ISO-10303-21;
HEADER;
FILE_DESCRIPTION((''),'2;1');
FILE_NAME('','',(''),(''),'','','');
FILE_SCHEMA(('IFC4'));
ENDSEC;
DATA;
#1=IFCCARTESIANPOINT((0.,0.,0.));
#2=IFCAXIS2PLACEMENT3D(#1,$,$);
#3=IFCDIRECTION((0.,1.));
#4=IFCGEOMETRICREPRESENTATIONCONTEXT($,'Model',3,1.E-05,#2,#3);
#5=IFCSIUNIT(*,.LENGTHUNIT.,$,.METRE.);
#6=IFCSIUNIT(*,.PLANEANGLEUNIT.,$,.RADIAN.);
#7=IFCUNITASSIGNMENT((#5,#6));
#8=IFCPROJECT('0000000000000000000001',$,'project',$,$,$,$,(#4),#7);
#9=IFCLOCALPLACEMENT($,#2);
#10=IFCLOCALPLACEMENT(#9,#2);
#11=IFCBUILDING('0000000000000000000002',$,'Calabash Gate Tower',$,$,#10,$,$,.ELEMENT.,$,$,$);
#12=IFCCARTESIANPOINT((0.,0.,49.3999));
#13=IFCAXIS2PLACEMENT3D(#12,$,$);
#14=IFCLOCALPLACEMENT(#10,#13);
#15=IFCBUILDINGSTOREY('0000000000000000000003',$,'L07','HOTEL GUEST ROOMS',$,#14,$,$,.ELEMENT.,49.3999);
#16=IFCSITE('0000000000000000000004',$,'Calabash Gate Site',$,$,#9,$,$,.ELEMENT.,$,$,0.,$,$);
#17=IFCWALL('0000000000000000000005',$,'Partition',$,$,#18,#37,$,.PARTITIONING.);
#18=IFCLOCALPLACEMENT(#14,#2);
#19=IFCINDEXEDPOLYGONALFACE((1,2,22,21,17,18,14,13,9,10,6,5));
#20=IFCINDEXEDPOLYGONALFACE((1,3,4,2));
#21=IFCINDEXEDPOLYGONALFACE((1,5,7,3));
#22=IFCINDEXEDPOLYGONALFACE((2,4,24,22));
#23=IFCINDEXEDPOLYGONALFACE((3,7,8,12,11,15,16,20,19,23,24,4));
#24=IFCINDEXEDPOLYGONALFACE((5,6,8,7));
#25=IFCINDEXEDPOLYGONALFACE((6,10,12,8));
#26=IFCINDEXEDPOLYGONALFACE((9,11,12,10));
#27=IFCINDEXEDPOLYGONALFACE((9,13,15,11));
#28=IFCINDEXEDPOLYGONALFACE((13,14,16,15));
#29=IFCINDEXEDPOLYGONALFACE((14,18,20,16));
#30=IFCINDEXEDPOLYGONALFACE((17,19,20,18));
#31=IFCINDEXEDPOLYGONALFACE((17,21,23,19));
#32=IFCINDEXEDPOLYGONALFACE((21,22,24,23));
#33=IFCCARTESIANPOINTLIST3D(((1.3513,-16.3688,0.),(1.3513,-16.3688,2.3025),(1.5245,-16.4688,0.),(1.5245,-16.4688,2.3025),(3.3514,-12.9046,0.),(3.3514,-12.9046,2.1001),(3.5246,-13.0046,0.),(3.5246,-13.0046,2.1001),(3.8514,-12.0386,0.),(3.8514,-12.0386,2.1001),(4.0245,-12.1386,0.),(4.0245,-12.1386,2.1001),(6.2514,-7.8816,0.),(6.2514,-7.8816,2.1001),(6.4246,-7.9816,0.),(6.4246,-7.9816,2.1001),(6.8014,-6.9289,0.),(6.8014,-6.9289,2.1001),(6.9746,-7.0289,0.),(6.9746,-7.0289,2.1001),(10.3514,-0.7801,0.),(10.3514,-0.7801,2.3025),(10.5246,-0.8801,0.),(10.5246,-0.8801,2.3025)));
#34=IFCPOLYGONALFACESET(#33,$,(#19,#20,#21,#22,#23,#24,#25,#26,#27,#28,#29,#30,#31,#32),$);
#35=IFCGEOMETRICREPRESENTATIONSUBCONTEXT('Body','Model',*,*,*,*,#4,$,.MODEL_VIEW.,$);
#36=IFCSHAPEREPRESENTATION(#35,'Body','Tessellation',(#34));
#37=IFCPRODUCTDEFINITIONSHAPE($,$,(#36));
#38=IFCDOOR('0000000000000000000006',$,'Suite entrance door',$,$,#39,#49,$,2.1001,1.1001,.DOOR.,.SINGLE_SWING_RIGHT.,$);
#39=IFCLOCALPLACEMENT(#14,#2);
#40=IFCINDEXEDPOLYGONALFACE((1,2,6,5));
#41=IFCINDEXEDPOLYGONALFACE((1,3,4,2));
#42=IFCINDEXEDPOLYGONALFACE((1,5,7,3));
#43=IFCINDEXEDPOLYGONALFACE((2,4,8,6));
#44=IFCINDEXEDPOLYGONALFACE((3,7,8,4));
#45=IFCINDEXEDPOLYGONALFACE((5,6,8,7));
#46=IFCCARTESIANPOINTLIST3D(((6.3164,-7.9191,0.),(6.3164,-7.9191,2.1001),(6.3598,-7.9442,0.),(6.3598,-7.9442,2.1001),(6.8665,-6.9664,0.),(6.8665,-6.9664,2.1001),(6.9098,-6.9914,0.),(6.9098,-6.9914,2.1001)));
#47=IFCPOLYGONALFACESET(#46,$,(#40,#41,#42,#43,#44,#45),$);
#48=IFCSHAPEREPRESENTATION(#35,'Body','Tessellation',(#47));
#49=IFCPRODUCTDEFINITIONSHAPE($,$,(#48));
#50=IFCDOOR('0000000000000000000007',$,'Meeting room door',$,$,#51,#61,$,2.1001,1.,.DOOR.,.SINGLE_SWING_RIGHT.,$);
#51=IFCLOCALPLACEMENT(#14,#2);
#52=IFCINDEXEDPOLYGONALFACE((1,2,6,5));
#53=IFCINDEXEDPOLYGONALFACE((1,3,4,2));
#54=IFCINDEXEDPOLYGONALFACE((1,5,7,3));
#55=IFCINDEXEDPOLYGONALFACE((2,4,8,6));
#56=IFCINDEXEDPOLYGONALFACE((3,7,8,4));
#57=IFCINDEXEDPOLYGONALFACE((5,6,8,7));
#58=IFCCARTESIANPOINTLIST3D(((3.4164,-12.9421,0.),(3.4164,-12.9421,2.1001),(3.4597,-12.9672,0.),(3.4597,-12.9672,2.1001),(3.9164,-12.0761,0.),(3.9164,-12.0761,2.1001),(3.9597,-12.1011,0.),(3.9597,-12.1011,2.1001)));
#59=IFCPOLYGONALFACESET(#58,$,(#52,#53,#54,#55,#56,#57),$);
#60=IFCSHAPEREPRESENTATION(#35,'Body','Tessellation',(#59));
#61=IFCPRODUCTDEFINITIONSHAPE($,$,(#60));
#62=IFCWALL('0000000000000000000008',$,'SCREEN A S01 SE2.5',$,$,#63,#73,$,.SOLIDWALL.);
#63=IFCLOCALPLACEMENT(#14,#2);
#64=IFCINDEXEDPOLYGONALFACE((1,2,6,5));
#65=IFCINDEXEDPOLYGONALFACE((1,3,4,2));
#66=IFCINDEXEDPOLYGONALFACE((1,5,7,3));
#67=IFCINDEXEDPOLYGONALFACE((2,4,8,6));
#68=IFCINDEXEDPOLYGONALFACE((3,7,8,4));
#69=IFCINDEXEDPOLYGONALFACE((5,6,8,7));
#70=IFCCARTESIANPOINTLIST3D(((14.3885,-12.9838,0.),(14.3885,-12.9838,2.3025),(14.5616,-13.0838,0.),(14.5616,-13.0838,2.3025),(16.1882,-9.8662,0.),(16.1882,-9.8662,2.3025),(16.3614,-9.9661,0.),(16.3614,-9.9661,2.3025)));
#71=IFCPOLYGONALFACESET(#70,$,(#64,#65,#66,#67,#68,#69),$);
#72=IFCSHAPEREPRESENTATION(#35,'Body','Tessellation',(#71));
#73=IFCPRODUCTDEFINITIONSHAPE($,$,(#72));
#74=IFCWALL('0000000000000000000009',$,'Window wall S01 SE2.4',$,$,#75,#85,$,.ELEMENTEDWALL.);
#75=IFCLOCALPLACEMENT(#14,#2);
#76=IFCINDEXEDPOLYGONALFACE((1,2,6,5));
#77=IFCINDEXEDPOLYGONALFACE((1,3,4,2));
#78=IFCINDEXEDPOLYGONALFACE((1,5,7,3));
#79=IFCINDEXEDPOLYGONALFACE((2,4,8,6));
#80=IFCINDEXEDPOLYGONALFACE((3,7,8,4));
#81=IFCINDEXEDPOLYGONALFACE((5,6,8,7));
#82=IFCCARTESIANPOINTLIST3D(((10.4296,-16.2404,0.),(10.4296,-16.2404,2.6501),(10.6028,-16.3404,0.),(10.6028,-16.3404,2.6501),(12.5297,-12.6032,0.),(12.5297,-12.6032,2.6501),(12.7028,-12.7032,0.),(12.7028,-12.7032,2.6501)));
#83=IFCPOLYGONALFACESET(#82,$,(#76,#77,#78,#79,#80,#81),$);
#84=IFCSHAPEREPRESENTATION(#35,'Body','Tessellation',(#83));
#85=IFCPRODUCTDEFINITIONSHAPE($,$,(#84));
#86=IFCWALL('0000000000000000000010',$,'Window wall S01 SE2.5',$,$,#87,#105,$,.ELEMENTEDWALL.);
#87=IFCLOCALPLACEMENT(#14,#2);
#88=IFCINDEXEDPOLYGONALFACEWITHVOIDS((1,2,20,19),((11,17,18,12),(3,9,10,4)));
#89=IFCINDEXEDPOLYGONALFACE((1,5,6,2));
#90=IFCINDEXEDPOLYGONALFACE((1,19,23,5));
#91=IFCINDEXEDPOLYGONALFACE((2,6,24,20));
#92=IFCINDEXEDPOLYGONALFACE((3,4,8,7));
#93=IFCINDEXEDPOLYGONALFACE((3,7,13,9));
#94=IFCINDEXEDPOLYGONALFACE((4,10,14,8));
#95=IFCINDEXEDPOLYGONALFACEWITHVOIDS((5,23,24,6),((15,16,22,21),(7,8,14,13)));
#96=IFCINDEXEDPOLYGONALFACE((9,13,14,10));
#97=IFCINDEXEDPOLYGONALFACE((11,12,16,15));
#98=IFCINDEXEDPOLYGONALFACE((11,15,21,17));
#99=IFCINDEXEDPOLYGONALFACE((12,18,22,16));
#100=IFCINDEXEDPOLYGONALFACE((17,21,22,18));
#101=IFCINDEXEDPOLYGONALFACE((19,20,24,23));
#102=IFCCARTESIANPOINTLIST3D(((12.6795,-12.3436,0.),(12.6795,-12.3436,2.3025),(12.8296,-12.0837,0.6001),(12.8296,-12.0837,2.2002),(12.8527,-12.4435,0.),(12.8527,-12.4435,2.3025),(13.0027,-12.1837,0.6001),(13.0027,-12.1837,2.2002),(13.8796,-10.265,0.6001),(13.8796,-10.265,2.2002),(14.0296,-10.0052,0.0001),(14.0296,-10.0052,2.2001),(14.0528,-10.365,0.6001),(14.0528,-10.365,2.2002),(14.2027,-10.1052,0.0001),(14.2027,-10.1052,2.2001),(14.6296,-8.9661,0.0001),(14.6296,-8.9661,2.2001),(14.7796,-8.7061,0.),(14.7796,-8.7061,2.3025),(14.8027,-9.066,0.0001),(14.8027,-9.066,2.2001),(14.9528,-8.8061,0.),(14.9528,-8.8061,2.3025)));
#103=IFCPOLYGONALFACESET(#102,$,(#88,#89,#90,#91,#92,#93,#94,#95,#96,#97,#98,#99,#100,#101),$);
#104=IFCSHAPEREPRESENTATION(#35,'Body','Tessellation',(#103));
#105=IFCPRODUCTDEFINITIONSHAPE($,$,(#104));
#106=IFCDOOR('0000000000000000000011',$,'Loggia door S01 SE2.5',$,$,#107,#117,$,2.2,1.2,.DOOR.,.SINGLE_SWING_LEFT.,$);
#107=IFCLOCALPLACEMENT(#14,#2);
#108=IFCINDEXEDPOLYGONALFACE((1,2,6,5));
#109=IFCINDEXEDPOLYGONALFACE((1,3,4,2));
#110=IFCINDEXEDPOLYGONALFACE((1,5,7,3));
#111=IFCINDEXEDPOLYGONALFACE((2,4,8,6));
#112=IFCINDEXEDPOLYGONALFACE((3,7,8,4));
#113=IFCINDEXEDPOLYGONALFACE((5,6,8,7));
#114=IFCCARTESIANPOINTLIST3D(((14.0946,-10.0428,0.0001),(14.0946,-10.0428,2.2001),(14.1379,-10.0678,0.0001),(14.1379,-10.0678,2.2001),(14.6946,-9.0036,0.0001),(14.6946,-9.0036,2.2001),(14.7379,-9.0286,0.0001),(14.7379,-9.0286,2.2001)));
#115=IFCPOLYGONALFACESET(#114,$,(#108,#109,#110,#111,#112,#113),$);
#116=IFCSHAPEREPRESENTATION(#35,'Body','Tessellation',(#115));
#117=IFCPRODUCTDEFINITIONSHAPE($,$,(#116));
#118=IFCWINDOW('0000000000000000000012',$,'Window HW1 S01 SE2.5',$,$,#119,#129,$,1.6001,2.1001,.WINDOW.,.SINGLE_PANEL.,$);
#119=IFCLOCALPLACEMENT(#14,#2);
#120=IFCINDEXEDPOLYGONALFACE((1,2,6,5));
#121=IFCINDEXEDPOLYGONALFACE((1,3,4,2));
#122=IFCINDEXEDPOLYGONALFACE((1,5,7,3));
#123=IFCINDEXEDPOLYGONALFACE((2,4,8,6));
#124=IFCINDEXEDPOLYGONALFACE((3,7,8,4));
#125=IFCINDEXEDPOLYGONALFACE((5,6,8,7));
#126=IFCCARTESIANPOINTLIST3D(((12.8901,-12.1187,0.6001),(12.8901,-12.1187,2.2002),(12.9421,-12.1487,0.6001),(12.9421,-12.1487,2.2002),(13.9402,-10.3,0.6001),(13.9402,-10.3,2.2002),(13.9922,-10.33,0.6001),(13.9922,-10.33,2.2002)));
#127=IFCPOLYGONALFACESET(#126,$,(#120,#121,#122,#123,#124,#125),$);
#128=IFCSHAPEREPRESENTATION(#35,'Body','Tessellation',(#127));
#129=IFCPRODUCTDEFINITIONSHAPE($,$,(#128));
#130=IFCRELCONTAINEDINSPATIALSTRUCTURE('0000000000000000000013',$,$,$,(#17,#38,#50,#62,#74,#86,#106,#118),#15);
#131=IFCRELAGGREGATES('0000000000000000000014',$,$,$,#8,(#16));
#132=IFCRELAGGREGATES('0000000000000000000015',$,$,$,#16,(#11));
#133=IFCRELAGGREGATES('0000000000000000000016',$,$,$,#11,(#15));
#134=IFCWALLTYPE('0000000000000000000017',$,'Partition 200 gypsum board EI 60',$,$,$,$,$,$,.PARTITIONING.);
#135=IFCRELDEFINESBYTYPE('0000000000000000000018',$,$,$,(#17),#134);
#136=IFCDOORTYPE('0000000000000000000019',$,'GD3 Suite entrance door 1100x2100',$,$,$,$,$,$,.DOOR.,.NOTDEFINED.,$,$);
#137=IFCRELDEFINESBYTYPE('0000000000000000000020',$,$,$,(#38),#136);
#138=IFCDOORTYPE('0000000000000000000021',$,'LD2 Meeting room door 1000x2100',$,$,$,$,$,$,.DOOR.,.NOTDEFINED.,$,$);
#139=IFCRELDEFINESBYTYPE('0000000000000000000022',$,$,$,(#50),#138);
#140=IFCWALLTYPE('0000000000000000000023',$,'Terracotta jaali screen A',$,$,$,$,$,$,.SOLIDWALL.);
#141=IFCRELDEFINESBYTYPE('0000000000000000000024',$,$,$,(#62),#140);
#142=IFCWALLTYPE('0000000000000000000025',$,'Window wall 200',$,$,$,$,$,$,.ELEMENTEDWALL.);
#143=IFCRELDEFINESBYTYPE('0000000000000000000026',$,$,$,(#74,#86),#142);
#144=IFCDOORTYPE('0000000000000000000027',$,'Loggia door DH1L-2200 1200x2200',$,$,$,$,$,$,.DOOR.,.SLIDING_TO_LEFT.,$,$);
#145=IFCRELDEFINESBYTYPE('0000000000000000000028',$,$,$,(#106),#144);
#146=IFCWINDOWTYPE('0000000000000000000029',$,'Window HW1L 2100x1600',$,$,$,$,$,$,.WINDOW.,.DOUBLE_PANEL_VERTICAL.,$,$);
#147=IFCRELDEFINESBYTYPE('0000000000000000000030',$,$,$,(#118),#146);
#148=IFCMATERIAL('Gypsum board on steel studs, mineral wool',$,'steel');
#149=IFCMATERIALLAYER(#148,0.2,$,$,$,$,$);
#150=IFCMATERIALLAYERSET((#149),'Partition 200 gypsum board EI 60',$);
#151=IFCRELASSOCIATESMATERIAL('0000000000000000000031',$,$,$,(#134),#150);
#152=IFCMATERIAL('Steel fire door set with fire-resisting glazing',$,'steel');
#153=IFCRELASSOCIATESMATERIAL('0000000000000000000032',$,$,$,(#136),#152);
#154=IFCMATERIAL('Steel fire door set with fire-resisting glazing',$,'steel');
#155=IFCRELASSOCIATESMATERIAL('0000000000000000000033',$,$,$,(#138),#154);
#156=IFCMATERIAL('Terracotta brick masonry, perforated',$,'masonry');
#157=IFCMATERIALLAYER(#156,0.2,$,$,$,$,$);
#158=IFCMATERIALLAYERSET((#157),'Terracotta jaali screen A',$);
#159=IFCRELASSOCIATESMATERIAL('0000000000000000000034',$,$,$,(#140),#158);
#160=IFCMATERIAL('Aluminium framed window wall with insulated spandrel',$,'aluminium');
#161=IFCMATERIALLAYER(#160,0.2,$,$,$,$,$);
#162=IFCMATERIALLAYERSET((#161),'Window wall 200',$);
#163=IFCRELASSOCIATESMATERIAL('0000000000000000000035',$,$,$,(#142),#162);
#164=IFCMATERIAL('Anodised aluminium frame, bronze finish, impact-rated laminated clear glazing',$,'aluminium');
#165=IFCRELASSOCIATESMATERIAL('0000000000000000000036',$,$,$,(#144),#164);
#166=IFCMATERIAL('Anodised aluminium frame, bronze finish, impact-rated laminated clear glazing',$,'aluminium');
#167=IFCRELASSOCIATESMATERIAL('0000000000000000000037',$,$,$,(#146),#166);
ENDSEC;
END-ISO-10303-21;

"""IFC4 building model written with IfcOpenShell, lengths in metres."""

from ifc_helpers import new_model, si_unit, direction, frame, frame_2d, origin, place, context, subcontext, project, spatial, rectangle, extrude, material, layer, layer_set, type_object, element, fill, save


model = new_model("IFC4")

# Units and contexts
model_context = context("Model", 3, precision=1e-05, world=origin(), true_north=direction((0.0, 1.0)))
body_context = subcontext(model_context, "Body", "Model", "MODEL_VIEW")
ifc_project = project(units=[si_unit("LENGTHUNIT", "METRE"), si_unit("PLANEANGLEUNIT", "RADIAN")], contexts=[model_context])

# Site, building, storey
site_placement = place(None, origin())
site = spatial("IfcSite", under=ifc_project, at=site_placement, Name="Calabash Gate Site", CompositionType="ELEMENT", RefElevation=0.0)
building_placement = place(site_placement, origin())
building = spatial("IfcBuilding", under=site, at=building_placement, Name="Calabash Gate Tower", CompositionType="ELEMENT")
storey_placement = place(building_placement, frame((0.0, 0.0, 49.3999)))
storey = spatial("IfcBuildingStorey", under=building, at=storey_placement, Name="L07", Description="HOTEL GUEST ROOMS", CompositionType="ELEMENT", Elevation=49.3999)

# Shared definitions
ifc_material_1 = material(Name="Gypsum board on steel studs, mineral wool", Category="steel")
ifc_layer_1 = layer(ifc_material_1, 0.2)
ifc_layer_set_1 = layer_set([ifc_layer_1], Name="Partition 200 gypsum board EI 60")
wall_type_1 = type_object("IfcWallType", Name="Partition 200 gypsum board EI 60", PredefinedType="PARTITIONING", material=ifc_layer_set_1)
ifc_material_2 = material(Name="Steel fire door set with fire-resisting glazing", Category="steel")
door_type_1 = type_object("IfcDoorType", Name="GD3 Suite entrance door 1100x2100", OperationType="NOTDEFINED", PredefinedType="DOOR", material=ifc_material_2)

# Shared definitions
ifc_material_3 = material(Name="Steel fire door set with fire-resisting glazing", Category="steel")
door_type_2 = type_object("IfcDoorType", Name="LD2 Meeting room door 1000x2100", OperationType="NOTDEFINED", PredefinedType="DOOR", material=ifc_material_3)

# Wall, openings, doors
wall_1_placement = place(storey_placement, frame((1.438, -16.4187, 0.0), z_axis=(0.0, 0.0, 1.0), x_axis=(0.499996, 0.866028, 0.0)))
wall_1 = element("IfcWall", 1, at=wall_1_placement, inside=storey, type_object=wall_type_1, Name="Partition", PredefinedType="PARTITIONING", context=body_context, shape_type="SweptSolid", body=[
    extrude(rectangle(XDim=18.0002, YDim=0.2, at=frame_2d((9.0, 0.0))), origin(), (0.0, 0.0, 1.0), 2.3025),
])
opening_1_placement = place(wall_1_placement, frame((4.0, 0.0, 0.0)))
opening_1 = element("IfcOpeningElement", 2, at=opening_1_placement, cuts=wall_1, PredefinedType="OPENING", context=body_context, shape_type="SweptSolid", body=[
    extrude(rectangle(XDim=1.0, YDim=2.1001, at=frame_2d((0.5, 1.05))), frame((0.0, 0.1099, 0.0), z_axis=(0.0, -1.0, 0.0), x_axis=(1.0, 0.0, 0.0)), (0.0, 0.0, 1.0), 0.22),
])
opening_2_placement = place(wall_1_placement, frame((9.8, 0.0, 0.0)))
opening_2 = element("IfcOpeningElement", 3, at=opening_2_placement, cuts=wall_1, PredefinedType="OPENING", context=body_context, shape_type="SweptSolid", body=[
    extrude(rectangle(XDim=1.1001, YDim=2.1001, at=frame_2d((0.55, 1.05))), frame((0.0, 0.1099, 0.0), z_axis=(0.0, -1.0, 0.0), x_axis=(1.0, 0.0, 0.0)), (0.0, 0.0, 1.0), 0.22),
])
door_1_placement = place(opening_2_placement, origin())
door_1 = element("IfcDoor", 4, at=door_1_placement, inside=storey, type_object=door_type_1, Name="Suite entrance door", OperationType="SINGLE_SWING_RIGHT", OverallHeight=2.1001, OverallWidth=1.1001, PredefinedType="DOOR", context=body_context, shape_type="SweptSolid", body=[
    extrude(rectangle(XDim=1.1001, YDim=2.1001, at=frame_2d((0.55, 1.05))), frame((0.0, 0.0249, 0.0), z_axis=(0.0, -1.0, 0.0), x_axis=(1.0, 0.0, 0.0)), (0.0, 0.0, 1.0), 0.05),
])
fill(opening_2, door_1)
door_2_placement = place(opening_1_placement, origin())
door_2 = element("IfcDoor", 5, at=door_2_placement, inside=storey, type_object=door_type_2, Name="Meeting room door", OperationType="SINGLE_SWING_RIGHT", OverallHeight=2.1001, OverallWidth=1.0, PredefinedType="DOOR", context=body_context, shape_type="SweptSolid", body=[
    extrude(rectangle(XDim=1.0, YDim=2.1001, at=frame_2d((0.5, 1.05))), frame((0.0, 0.0249, 0.0), z_axis=(0.0, -1.0, 0.0), x_axis=(1.0, 0.0, 0.0)), (0.0, 0.0, 1.0), 0.05),
])
fill(opening_1, door_2)

# Walls
ifc_material_4 = material(Name="Terracotta brick masonry, perforated", Category="masonry")
ifc_layer_2 = layer(ifc_material_4, 0.2)
ifc_layer_set_2 = layer_set([ifc_layer_2], Name="Terracotta jaali screen A")
wall_type_2 = type_object("IfcWallType", Name="Terracotta jaali screen A", PredefinedType="SOLIDWALL", material=ifc_layer_set_2)
wall_2_placement = place(storey_placement, frame((14.4751, -13.0337, 0.0), z_axis=(0.0, 0.0, 1.0), x_axis=(0.499961, 0.866048, 0.0)))
element("IfcWall", 6, at=wall_2_placement, inside=storey, type_object=wall_type_2, Name="SCREEN A S01 SE2.5", PredefinedType="SOLIDWALL", context=body_context, shape_type="SweptSolid", body=[
    extrude(rectangle(XDim=3.5999, YDim=0.2, at=frame_2d((1.7998, 0.0))), origin(), (0.0, 0.0, 1.0), 2.3025),
])
ifc_material_5 = material(Name="Aluminium framed window wall with insulated spandrel", Category="aluminium")
ifc_layer_3 = layer(ifc_material_5, 0.2)
ifc_layer_set_3 = layer_set([ifc_layer_3], Name="Window wall 200")
wall_type_3 = type_object("IfcWallType", Name="Window wall 200", PredefinedType="ELEMENTEDWALL", material=ifc_layer_set_3)
wall_3_placement = place(storey_placement, frame((10.5161, -16.2905, 0.0), z_axis=(0.0, 0.0, 1.0), x_axis=(0.500028, 0.866009, 0.0)))
element("IfcWall", 7, at=wall_3_placement, inside=storey, type_object=wall_type_3, Name="Window wall S01 SE2.4", PredefinedType="ELEMENTEDWALL", context=body_context, shape_type="SweptSolid", body=[
    extrude(rectangle(XDim=4.2, YDim=0.2, at=frame_2d((2.1001, 0.0))), origin(), (0.0, 0.0, 1.0), 2.6501),
])

# Wall, openings, door, window
wall_4_placement = place(storey_placement, frame((12.7661, -12.3936, 0.0), z_axis=(0.0, 0.0, 1.0), x_axis=(0.500003, 0.866024, 0.0)))
wall_4 = element("IfcWall", 8, at=wall_4_placement, inside=storey, type_object=wall_type_3, Name="Window wall S01 SE2.5", PredefinedType="ELEMENTEDWALL", context=body_context, shape_type="SweptSolid", body=[
    extrude(rectangle(XDim=4.2002, YDim=0.2, at=frame_2d((2.1001, 0.0))), origin(), (0.0, 0.0, 1.0), 2.3025),
])
opening_3_placement = place(wall_4_placement, frame((0.3, 0.0, 0.6001)))
opening_3 = element("IfcOpeningElement", 9, at=opening_3_placement, cuts=wall_4, PredefinedType="OPENING", context=body_context, shape_type="SweptSolid", body=[
    extrude(rectangle(XDim=2.1001, YDim=1.6001, at=frame_2d((1.05, 0.8))), frame((0.0, 0.1099, 0.0), z_axis=(0.0, -1.0, 0.0), x_axis=(1.0, 0.0, 0.0)), (0.0, 0.0, 1.0), 0.22),
])
opening_4_placement = place(wall_4_placement, frame((2.7, 0.0, 0.0)))
opening_4 = element("IfcOpeningElement", 10, at=opening_4_placement, cuts=wall_4, PredefinedType="OPENING", context=body_context, shape_type="SweptSolid", body=[
    extrude(rectangle(XDim=1.2, YDim=2.2, at=frame_2d((0.6001, 1.1001))), frame((0.0, 0.1099, 0.0), z_axis=(0.0, -1.0, 0.0), x_axis=(1.0, 0.0, 0.0)), (0.0, 0.0, 1.0), 0.22),
])
ifc_material_6 = material(Name="Anodised aluminium frame, bronze finish, impact-rated laminated clear glazing", Category="aluminium")
door_type_3 = type_object("IfcDoorType", Name="Loggia door DH1L-2200 1200x2200", OperationType="SLIDING_TO_LEFT", PredefinedType="DOOR", material=ifc_material_6)
door_3_placement = place(opening_4_placement, origin())
door_3 = element("IfcDoor", 11, at=door_3_placement, inside=storey, type_object=door_type_3, Name="Loggia door S01 SE2.5", OperationType="SINGLE_SWING_LEFT", OverallHeight=2.2, OverallWidth=1.2, PredefinedType="DOOR", context=body_context, shape_type="SweptSolid", body=[
    extrude(rectangle(XDim=1.2, YDim=2.2, at=frame_2d((0.6001, 1.1001))), frame((0.0, 0.0249, 0.0), z_axis=(0.0, -1.0, 0.0), x_axis=(1.0, 0.0, 0.0)), (0.0, 0.0, 1.0), 0.05),
])
fill(opening_4, door_3)
ifc_material_7 = material(Name="Anodised aluminium frame, bronze finish, impact-rated laminated clear glazing", Category="aluminium")
window_type = type_object("IfcWindowType", Name="Window HW1L 2100x1600", PartitioningType="DOUBLE_PANEL_VERTICAL", PredefinedType="WINDOW", material=ifc_material_7)
window_placement = place(opening_3_placement, origin())
window = element("IfcWindow", 12, at=window_placement, inside=storey, type_object=window_type, Name="Window HW1 S01 SE2.5", OverallHeight=1.6001, OverallWidth=2.1001, PartitioningType="SINGLE_PANEL", PredefinedType="WINDOW", context=body_context, shape_type="SweptSolid", body=[
    extrude(rectangle(XDim=2.1001, YDim=1.6001, at=frame_2d((1.05, 0.8))), frame((0.0, 0.03, 0.0), z_axis=(0.0, -1.0, 0.0), x_axis=(1.0, 0.0, 0.0)), (0.0, 0.0, 1.0), 0.0601),
])
fill(opening_3, window)

save(model, "model.ifc")
